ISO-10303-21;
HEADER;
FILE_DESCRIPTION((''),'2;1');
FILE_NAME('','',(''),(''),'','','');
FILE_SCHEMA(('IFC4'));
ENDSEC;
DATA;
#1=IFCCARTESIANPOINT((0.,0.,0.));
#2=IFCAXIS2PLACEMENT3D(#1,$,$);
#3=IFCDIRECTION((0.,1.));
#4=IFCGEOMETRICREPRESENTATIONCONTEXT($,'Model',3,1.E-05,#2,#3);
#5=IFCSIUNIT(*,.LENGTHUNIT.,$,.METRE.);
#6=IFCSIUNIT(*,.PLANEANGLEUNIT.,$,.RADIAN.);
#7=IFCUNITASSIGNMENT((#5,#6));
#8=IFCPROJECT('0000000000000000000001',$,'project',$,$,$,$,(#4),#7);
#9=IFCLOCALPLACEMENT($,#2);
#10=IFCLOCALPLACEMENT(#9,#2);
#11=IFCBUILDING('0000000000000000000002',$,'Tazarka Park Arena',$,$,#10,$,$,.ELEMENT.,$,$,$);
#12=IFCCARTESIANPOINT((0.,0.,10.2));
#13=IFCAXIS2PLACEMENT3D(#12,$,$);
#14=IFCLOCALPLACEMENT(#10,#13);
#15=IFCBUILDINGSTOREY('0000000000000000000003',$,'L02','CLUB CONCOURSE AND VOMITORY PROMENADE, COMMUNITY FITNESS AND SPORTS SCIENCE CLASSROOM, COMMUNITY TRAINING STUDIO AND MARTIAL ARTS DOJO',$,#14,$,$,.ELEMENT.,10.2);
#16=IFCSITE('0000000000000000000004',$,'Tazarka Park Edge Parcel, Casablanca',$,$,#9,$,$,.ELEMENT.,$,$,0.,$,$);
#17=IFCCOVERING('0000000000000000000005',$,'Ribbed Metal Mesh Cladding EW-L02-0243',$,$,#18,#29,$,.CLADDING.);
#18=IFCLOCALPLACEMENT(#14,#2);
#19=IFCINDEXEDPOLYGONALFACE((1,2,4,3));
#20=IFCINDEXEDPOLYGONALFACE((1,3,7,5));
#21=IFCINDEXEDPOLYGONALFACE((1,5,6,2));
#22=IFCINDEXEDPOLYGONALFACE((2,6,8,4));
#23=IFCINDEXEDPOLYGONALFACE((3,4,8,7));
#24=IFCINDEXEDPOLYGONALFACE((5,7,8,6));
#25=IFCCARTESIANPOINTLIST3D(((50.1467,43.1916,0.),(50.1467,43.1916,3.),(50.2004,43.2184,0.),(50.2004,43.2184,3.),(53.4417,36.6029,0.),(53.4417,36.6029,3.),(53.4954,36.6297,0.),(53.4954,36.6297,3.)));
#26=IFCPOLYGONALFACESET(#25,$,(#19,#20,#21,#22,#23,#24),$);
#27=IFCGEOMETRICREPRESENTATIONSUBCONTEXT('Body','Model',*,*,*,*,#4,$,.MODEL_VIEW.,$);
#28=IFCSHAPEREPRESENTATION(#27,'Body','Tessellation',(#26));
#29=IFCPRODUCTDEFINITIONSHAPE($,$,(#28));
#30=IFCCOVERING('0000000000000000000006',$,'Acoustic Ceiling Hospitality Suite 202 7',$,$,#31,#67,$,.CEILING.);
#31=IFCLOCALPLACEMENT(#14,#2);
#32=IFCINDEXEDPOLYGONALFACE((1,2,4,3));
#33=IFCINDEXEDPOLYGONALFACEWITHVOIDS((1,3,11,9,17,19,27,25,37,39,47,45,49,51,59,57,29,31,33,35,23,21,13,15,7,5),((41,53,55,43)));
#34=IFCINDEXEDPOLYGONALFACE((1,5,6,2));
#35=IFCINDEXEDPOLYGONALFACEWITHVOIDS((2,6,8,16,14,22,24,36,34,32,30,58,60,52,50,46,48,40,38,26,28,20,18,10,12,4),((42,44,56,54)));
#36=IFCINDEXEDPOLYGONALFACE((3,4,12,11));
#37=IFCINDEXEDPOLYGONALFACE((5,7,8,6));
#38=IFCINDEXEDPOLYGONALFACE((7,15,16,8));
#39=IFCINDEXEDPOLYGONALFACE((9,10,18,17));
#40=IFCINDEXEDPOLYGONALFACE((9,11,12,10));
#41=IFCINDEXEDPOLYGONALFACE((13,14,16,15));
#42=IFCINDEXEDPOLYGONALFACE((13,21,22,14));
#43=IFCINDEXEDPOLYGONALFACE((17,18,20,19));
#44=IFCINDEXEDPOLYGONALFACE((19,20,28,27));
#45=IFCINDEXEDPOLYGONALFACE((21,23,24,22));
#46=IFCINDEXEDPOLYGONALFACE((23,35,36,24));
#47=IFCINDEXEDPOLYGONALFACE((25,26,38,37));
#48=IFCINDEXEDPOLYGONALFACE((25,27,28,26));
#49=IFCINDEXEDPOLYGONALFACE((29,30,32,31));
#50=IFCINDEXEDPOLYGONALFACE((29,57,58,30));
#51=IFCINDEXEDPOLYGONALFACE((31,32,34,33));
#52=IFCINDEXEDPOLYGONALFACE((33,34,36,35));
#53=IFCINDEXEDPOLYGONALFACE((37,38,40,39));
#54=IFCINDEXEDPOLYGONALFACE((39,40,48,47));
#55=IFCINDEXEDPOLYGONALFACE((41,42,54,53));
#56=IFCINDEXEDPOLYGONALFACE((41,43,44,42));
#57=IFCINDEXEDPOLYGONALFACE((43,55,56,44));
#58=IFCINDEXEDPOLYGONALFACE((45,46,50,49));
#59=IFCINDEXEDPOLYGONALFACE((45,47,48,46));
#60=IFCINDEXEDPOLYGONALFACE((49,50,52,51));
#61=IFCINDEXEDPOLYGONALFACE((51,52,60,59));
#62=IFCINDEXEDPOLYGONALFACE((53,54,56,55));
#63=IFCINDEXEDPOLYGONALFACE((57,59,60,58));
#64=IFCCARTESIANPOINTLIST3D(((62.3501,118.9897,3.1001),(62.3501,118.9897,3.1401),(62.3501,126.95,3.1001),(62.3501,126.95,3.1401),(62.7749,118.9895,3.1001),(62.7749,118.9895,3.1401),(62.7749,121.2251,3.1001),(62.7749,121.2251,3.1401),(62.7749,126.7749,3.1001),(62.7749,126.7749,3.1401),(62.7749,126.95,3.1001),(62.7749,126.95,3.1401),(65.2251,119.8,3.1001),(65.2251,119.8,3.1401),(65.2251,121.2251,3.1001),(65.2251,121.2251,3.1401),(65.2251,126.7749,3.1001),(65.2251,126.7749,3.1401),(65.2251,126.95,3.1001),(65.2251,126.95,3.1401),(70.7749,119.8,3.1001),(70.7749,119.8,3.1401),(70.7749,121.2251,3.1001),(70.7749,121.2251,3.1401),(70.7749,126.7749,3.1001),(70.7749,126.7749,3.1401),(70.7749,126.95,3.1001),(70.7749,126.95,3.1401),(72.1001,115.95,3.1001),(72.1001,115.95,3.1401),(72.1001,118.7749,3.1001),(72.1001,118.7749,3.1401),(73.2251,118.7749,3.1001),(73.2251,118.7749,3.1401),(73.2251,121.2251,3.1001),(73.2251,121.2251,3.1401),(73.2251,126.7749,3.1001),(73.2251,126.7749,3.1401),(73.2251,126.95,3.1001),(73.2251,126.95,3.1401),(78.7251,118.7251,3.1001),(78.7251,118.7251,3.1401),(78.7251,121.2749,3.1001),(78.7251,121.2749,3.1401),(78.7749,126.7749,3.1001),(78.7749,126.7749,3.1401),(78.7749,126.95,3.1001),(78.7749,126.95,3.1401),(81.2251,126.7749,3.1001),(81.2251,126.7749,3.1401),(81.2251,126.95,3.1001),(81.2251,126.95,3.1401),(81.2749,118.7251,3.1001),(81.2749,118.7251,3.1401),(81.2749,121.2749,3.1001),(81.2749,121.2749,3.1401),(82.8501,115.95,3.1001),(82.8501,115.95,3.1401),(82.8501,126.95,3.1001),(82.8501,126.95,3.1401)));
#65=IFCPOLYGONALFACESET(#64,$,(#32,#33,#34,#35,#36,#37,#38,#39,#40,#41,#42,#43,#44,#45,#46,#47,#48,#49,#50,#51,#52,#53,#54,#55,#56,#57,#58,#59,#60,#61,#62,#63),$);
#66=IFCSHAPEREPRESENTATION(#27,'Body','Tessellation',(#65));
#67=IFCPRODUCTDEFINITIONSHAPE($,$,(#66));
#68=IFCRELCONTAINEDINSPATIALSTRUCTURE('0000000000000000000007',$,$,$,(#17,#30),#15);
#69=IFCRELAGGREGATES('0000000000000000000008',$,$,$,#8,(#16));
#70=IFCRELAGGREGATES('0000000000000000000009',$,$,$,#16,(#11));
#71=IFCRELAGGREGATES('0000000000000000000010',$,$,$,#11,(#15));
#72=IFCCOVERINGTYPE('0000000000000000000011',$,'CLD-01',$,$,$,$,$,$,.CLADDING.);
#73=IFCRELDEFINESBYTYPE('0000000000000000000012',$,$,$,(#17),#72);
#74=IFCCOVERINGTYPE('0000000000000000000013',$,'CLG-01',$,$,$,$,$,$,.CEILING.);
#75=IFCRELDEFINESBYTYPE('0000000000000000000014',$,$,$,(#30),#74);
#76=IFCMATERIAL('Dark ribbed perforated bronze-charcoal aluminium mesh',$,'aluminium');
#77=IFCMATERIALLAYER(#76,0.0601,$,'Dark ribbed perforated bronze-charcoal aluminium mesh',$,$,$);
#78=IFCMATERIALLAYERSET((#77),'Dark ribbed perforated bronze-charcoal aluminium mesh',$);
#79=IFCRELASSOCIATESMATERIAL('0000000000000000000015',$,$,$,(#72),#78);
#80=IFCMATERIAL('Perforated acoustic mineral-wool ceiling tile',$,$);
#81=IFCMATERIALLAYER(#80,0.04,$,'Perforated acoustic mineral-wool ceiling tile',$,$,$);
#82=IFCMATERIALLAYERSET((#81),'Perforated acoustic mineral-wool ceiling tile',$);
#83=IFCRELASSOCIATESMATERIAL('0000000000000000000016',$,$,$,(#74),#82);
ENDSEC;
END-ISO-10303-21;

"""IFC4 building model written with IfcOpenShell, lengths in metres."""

from ifc_helpers import new_model, si_unit, direction, frame, origin, origin_2d, place, context, subcontext, project, spatial, polyline, rectangle, outline, extrude, material, layer, layer_set, type_object, element, save


model = new_model("IFC4")

# Units and contexts
model_context = context("Model", 3, precision=1e-05, world=origin(), true_north=direction((0.0, 1.0)))
body_context = subcontext(model_context, "Body", "Model", "MODEL_VIEW")
ifc_project = project(units=[si_unit("LENGTHUNIT", "METRE"), si_unit("PLANEANGLEUNIT", "RADIAN")], contexts=[model_context])

# Site, building, storey
site_placement = place(None, origin())
site = spatial("IfcSite", under=ifc_project, at=site_placement, Name="Tazarka Park Edge Parcel, Casablanca", CompositionType="ELEMENT", RefElevation=0.0)
building_placement = place(site_placement, origin())
building = spatial("IfcBuilding", under=site, at=building_placement, Name="Tazarka Park Arena", CompositionType="ELEMENT")
storey_placement = place(building_placement, frame((0.0, 0.0, 10.2)))
storey = spatial("IfcBuildingStorey", under=building, at=storey_placement, Name="L02", Description="CLUB CONCOURSE AND VOMITORY PROMENADE, COMMUNITY FITNESS AND SPORTS SCIENCE CLASSROOM, COMMUNITY TRAINING STUDIO AND MARTIAL ARTS DOJO", CompositionType="ELEMENT", Elevation=10.2)

# Coverings
ifc_material_1 = material(Name="Dark ribbed perforated bronze-charcoal aluminium mesh", Category="aluminium")
ifc_layer_1 = layer(ifc_material_1, 0.0601, Name="Dark ribbed perforated bronze-charcoal aluminium mesh")
ifc_layer_set_1 = layer_set([ifc_layer_1], Name="Dark ribbed perforated bronze-charcoal aluminium mesh")
covering_type_1 = type_object("IfcCoveringType", Name="CLD-01", PredefinedType="CLADDING", material=ifc_layer_set_1)
covering_1_placement = place(storey_placement, frame((51.821, 39.9106, 0.0), z_axis=(0.0, 0.0, 1.0), x_axis=(-0.447291, 0.894389, 0.0)))
element("IfcCovering", 1, at=covering_1_placement, inside=storey, type_object=covering_type_1, Name="Ribbed Metal Mesh Cladding EW-L02-0243", PredefinedType="CLADDING", context=body_context, shape_type="SweptSolid", body=[
    extrude(rectangle(XDim=7.3667, YDim=0.0601, at=origin_2d()), origin(), (0.0, 0.0, 1.0), 3.0),
])
ifc_material_2 = material(Name="Perforated acoustic mineral-wool ceiling tile")
ifc_layer_2 = layer(ifc_material_2, 0.04, Name="Perforated acoustic mineral-wool ceiling tile")
ifc_layer_set_2 = layer_set([ifc_layer_2], Name="Perforated acoustic mineral-wool ceiling tile")
covering_type_2 = type_object("IfcCoveringType", Name="CLG-01", PredefinedType="CEILING", material=ifc_layer_set_2)
covering_2_placement = place(storey_placement, frame((0.0, 0.0, 3.1001)))
element("IfcCovering", 2, at=covering_2_placement, inside=storey, type_object=covering_type_2, Name="Acoustic Ceiling Hospitality Suite 202 7", PredefinedType="CEILING", context=body_context, shape_type="SweptSolid", body=[
    extrude(outline(polyline([(62.7749, 126.95), (62.7749, 126.7749), (65.2251, 126.7749), (65.2251, 126.95), (70.7749, 126.95), (70.7749, 126.7749), (73.2251, 126.7749), (73.2251, 126.95), (78.7749, 126.95), (78.7749, 126.7749), (81.2251, 126.7749), (81.2251, 126.95), (82.8501, 126.95), (82.8501, 115.95), (72.1001, 115.95), (72.1001, 118.7749), (73.2251, 118.7749), (73.2251, 121.2251), (70.7749, 121.2251), (70.7749, 119.8), (65.2251, 119.8), (65.2251, 121.2251), (62.7749, 121.2251), (62.7749, 118.9895), (62.3501, 118.9897), (62.3501, 126.95), (62.7749, 126.95)]), holes=[polyline([(78.7251, 121.2749), (78.7251, 118.7251), (81.2749, 118.7251), (81.2749, 121.2749), (78.7251, 121.2749)])]), origin(), (0.0, 0.0, 1.0), 0.04),
])

save(model, "model.ifc")
